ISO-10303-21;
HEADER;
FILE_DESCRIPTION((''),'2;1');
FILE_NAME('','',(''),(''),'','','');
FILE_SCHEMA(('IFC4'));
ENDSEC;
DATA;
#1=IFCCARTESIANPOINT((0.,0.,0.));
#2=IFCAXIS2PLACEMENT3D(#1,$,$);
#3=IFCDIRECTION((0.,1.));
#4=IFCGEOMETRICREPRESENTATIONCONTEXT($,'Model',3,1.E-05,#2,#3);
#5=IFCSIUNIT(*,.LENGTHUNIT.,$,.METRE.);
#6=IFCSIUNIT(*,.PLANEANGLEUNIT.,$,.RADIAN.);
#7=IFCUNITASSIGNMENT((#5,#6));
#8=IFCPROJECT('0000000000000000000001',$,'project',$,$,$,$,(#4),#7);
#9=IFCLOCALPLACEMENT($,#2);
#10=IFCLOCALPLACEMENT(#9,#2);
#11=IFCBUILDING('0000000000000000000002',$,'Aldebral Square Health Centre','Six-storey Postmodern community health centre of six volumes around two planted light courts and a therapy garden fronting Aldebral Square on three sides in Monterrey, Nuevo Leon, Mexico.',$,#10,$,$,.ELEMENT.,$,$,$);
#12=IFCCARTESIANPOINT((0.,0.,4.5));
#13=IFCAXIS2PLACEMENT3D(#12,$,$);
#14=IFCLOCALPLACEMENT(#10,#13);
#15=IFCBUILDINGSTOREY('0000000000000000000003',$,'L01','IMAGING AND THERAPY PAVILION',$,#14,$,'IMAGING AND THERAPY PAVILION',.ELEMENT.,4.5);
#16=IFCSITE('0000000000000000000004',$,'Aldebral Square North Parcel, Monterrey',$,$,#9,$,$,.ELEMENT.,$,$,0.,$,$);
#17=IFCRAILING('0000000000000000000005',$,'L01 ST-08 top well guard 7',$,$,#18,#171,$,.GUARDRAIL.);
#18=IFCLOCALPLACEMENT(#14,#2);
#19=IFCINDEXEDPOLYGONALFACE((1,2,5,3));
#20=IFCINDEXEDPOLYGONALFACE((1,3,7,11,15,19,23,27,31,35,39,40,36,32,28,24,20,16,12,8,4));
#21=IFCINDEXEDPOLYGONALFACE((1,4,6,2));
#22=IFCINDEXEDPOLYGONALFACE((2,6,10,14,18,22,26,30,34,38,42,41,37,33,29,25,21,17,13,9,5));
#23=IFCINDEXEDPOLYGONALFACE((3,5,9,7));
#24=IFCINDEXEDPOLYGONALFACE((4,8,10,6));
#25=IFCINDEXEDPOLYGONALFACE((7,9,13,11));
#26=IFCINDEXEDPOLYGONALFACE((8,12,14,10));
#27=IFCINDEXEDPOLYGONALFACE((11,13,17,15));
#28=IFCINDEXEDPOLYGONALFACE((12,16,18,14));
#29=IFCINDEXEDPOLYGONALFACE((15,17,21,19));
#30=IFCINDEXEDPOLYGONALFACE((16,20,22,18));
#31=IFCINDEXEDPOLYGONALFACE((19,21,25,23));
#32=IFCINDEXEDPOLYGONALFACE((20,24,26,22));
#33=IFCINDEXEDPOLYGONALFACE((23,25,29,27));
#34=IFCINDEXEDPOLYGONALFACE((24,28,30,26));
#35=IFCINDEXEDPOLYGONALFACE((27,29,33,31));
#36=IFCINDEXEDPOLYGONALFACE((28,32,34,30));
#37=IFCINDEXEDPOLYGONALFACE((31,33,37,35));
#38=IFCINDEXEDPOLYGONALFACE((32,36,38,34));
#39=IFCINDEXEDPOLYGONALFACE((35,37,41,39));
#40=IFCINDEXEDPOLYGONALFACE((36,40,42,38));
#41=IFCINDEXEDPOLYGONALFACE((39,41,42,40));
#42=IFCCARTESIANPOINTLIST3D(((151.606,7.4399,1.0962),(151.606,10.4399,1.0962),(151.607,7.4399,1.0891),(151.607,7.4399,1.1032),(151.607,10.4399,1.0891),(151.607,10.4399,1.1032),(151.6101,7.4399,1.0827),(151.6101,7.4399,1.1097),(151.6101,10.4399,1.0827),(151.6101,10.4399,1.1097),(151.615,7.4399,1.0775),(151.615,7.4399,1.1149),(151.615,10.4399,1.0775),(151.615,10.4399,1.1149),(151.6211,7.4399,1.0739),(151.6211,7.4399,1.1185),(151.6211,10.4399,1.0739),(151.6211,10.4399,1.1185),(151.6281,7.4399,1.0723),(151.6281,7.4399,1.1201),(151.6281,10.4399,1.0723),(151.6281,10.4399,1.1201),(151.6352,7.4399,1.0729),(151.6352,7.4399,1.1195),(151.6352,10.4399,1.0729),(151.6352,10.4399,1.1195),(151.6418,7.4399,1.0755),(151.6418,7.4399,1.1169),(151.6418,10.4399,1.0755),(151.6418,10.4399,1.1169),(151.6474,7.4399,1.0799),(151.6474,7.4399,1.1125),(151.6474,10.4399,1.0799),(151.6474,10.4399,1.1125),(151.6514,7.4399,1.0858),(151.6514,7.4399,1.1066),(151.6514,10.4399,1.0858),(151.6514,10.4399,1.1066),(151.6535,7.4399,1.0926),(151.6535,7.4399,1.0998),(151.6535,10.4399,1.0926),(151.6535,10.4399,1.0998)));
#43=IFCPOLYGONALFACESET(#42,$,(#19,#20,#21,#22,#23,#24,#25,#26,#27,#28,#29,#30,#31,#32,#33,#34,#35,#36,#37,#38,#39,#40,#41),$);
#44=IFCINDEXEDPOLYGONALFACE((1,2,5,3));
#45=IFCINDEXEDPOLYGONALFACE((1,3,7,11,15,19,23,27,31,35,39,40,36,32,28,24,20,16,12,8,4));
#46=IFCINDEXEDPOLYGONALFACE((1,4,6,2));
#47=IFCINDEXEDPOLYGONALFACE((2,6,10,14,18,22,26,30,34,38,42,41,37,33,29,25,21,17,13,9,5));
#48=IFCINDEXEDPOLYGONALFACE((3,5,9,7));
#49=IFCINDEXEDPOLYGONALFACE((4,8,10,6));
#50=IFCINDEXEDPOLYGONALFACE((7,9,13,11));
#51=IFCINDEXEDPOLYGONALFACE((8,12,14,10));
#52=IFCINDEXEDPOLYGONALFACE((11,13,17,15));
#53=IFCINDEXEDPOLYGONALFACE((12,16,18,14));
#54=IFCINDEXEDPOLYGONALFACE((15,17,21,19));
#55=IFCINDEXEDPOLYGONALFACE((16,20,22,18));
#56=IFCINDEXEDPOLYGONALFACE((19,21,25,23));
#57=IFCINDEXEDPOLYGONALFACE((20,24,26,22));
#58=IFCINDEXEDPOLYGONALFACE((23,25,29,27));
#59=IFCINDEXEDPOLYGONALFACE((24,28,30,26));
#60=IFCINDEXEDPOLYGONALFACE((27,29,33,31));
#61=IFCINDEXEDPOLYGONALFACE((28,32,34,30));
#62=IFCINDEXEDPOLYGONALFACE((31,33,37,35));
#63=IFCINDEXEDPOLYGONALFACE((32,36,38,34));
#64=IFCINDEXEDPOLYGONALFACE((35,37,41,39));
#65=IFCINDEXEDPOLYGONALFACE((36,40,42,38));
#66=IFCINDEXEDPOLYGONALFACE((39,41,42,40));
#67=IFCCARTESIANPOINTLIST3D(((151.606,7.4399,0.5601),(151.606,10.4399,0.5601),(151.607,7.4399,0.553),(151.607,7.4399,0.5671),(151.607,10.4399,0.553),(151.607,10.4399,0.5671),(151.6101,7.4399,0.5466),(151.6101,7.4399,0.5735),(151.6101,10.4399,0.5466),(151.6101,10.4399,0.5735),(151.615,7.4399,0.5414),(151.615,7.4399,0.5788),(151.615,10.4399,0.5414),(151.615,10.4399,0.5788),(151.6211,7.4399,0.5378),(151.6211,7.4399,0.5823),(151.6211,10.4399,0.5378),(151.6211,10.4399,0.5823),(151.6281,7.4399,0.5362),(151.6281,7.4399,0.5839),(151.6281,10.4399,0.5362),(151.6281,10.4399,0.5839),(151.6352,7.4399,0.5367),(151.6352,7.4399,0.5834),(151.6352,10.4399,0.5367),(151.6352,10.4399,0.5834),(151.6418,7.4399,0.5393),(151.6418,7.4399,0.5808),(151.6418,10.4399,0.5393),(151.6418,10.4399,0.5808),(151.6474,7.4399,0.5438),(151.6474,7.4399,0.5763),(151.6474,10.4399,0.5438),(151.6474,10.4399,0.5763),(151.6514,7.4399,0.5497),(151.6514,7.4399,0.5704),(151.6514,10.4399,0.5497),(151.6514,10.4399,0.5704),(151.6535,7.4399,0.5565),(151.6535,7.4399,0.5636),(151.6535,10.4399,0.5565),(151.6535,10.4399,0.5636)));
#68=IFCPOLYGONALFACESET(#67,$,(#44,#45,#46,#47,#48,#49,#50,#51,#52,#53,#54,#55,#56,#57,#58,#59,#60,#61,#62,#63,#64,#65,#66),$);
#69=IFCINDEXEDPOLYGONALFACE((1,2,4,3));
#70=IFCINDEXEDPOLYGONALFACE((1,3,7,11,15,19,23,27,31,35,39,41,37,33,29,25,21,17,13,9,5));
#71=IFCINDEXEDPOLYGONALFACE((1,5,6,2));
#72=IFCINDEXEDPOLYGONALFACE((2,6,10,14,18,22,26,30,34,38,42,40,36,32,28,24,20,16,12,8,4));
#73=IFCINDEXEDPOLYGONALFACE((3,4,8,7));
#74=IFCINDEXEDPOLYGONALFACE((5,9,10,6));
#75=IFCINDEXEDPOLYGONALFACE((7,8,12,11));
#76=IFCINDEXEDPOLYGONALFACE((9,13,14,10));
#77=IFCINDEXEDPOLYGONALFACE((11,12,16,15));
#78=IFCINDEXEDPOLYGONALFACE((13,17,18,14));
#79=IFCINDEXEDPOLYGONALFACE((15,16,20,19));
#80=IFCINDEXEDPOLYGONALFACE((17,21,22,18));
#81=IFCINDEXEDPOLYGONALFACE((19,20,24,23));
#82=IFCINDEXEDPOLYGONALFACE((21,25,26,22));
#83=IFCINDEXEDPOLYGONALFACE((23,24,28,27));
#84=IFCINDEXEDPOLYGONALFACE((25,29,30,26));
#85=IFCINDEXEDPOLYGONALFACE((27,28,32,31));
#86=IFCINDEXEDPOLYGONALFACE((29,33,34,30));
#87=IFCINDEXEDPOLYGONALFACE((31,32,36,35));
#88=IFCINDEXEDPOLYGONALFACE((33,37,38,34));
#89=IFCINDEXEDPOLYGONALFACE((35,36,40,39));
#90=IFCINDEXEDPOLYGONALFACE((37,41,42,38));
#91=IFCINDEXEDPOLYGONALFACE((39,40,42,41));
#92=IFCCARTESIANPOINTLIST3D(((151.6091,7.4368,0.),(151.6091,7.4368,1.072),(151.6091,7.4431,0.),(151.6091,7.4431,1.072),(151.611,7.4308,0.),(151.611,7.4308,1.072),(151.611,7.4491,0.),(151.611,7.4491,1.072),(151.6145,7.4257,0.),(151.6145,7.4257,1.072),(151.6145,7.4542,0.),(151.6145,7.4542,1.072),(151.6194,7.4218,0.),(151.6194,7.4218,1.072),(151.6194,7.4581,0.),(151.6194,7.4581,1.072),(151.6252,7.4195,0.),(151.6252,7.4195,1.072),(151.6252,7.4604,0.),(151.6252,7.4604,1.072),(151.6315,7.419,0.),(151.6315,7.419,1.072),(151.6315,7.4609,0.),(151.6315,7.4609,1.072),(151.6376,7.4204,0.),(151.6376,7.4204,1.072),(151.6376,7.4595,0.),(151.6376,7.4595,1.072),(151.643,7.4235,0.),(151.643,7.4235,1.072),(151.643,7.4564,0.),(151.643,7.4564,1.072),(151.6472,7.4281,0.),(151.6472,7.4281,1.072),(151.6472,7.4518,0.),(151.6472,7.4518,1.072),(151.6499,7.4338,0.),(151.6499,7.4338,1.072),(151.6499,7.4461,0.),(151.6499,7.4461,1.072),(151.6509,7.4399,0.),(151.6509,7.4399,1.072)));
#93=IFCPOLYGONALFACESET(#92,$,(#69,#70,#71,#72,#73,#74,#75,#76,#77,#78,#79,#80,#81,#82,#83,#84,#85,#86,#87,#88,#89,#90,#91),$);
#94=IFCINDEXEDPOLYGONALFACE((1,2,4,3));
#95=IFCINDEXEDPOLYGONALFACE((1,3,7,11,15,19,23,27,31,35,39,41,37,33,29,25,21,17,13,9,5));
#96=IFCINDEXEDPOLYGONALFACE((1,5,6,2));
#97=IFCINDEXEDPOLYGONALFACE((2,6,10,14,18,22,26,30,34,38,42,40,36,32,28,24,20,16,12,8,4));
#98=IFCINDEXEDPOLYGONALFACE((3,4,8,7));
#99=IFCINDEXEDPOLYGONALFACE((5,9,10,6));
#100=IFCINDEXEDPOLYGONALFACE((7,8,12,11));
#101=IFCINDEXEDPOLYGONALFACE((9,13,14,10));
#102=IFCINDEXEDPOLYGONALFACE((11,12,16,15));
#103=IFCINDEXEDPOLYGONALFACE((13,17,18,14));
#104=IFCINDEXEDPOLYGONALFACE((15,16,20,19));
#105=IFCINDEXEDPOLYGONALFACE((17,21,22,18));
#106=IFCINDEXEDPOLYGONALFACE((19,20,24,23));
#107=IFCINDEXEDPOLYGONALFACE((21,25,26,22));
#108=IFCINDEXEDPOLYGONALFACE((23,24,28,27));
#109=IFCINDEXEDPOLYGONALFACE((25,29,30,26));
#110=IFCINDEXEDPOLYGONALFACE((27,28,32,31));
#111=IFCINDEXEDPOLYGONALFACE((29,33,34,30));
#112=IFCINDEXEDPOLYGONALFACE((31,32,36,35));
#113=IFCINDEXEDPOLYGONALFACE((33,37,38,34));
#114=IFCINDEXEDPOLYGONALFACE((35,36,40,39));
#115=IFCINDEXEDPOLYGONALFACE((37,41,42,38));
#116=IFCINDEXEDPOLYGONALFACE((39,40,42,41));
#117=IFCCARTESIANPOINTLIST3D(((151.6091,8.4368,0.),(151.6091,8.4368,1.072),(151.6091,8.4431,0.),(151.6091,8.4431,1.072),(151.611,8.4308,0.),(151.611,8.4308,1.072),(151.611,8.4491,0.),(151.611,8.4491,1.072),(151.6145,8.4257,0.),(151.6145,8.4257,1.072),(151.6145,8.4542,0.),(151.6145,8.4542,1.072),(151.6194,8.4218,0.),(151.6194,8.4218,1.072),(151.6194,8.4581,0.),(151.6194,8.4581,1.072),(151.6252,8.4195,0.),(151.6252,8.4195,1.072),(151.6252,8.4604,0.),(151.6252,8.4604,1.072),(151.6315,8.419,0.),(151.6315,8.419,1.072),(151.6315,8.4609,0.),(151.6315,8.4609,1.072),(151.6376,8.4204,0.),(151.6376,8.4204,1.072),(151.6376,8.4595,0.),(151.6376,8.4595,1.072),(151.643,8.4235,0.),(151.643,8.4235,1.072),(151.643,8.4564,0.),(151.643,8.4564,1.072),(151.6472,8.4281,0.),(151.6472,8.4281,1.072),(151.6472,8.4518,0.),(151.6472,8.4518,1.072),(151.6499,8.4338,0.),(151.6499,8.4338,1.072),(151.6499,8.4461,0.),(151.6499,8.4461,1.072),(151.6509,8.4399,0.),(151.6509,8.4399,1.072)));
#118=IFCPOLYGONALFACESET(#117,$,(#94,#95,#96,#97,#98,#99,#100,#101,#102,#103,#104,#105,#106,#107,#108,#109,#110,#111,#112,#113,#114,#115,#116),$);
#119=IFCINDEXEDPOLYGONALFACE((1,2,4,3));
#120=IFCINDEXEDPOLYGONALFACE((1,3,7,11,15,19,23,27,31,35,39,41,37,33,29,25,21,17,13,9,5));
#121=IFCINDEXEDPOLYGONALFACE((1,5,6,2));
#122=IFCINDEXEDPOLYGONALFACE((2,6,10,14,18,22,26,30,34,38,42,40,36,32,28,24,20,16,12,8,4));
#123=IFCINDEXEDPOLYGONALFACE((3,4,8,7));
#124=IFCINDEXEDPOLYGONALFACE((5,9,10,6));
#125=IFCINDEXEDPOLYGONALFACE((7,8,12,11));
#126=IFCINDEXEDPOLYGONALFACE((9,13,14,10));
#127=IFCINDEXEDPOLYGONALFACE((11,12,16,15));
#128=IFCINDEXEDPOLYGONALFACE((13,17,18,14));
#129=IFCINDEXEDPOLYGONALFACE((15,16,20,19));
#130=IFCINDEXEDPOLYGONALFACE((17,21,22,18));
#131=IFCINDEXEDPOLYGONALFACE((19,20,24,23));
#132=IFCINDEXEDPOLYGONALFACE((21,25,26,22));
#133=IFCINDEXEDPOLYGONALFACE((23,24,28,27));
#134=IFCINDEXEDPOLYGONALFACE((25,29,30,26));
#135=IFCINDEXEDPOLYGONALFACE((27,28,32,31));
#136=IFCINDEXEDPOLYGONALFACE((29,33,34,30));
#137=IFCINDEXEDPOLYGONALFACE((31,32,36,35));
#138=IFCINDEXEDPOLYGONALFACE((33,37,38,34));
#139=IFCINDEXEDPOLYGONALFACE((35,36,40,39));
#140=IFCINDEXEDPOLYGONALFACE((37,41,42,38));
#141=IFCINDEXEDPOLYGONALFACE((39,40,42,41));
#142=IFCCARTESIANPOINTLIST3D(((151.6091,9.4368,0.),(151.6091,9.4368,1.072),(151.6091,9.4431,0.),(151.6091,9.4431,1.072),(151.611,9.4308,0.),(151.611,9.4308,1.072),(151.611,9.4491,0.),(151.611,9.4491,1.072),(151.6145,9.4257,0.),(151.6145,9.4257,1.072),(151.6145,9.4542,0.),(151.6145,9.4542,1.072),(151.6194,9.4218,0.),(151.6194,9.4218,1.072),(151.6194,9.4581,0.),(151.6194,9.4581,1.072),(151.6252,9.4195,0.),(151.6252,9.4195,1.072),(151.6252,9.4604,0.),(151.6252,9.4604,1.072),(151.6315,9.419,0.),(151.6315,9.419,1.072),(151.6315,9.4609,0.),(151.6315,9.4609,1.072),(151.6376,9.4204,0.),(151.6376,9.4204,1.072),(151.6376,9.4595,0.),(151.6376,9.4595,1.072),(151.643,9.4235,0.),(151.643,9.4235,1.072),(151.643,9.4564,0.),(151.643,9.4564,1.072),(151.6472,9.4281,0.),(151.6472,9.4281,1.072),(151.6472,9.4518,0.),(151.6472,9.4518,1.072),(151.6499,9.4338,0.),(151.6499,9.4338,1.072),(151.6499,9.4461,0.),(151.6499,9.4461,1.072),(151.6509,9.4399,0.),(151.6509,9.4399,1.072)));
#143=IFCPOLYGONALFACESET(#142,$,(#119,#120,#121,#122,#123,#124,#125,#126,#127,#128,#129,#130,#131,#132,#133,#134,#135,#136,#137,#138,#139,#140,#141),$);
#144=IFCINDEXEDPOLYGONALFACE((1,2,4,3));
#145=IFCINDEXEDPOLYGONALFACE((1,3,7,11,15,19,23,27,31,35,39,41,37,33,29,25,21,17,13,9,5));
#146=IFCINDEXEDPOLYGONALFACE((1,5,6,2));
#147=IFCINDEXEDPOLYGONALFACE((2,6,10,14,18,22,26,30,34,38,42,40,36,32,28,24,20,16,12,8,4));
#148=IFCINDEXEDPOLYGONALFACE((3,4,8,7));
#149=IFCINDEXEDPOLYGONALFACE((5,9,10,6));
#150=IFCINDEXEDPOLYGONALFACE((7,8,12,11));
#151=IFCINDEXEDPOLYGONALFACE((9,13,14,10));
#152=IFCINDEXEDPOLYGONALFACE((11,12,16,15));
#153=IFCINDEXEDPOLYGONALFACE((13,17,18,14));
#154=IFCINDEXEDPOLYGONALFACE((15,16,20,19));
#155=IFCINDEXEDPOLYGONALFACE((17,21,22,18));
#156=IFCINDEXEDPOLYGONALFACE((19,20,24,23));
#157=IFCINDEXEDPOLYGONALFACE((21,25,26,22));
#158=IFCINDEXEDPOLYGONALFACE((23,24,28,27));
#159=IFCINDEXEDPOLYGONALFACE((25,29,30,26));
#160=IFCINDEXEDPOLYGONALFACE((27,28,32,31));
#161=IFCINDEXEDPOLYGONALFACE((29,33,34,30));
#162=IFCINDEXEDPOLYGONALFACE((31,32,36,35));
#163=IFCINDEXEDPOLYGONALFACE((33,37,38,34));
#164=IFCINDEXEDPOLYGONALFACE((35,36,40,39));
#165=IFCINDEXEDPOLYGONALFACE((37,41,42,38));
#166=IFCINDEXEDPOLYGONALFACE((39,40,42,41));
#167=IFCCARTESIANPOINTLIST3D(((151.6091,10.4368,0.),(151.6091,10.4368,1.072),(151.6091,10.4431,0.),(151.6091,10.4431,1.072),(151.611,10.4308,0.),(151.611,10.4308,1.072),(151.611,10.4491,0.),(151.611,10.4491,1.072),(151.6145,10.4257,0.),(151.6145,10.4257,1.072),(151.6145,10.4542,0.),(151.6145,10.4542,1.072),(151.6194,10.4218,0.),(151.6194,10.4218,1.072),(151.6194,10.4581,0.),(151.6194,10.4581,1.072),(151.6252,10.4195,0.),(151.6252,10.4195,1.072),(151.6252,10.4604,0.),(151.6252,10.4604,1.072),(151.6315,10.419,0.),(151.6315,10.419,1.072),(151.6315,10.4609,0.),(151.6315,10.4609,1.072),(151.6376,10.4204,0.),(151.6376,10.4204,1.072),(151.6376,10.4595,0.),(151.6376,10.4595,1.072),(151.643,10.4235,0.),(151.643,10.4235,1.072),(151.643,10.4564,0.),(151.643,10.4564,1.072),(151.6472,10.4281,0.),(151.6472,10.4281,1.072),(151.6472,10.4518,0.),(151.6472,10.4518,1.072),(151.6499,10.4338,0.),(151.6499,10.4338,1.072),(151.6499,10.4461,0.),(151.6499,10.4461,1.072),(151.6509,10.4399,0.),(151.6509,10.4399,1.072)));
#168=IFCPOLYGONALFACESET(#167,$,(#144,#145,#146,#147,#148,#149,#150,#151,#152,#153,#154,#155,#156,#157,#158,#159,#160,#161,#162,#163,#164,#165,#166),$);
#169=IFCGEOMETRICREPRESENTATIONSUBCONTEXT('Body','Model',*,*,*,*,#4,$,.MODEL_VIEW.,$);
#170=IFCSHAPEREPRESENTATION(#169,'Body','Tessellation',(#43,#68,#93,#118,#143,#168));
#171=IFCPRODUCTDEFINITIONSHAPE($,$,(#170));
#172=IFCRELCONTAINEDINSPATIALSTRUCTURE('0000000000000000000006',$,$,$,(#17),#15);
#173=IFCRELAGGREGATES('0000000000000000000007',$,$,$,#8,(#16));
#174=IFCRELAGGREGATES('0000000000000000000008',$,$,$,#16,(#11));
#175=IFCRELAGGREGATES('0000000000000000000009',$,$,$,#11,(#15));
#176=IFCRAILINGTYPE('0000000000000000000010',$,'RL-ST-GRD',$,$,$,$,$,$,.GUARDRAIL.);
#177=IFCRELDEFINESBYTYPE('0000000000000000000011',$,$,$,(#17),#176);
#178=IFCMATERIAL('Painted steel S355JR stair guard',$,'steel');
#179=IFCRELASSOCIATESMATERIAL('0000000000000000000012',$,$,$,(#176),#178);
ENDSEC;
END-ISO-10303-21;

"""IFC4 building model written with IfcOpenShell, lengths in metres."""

from ifc_helpers import new_model, si_unit, direction, frame, origin, origin_2d, place, context, subcontext, project, spatial, circle, extrude, material, type_object, element, save


model = new_model("IFC4")

# Units and contexts
model_context = context("Model", 3, precision=1e-05, world=origin(), true_north=direction((0.0, 1.0)))
body_context = subcontext(model_context, "Body", "Model", "MODEL_VIEW")
ifc_project = project(units=[si_unit("LENGTHUNIT", "METRE"), si_unit("PLANEANGLEUNIT", "RADIAN")], contexts=[model_context])

# Site, building, storey
site_placement = place(None, origin())
site = spatial("IfcSite", under=ifc_project, at=site_placement, Name="Aldebral Square North Parcel, Monterrey", CompositionType="ELEMENT", RefElevation=0.0)
building_placement = place(site_placement, origin())
building = spatial("IfcBuilding", under=site, at=building_placement, Name="Aldebral Square Health Centre", Description="Six-storey Postmodern community health centre of six volumes around two planted light courts and a therapy garden fronting Aldebral Square on three sides in Monterrey, Nuevo Leon, Mexico.", CompositionType="ELEMENT")
storey_placement = place(building_placement, frame((0.0, 0.0, 4.5)))
storey = spatial("IfcBuildingStorey", under=building, at=storey_placement, Name="L01", Description="IMAGING AND THERAPY PAVILION", LongName="IMAGING AND THERAPY PAVILION", CompositionType="ELEMENT", Elevation=4.5)

# Railing
ifc_material_1 = material(Name="Painted steel S355JR stair guard", Category="steel")
railing_type = type_object("IfcRailingType", Name="RL-ST-GRD", PredefinedType="GUARDRAIL", material=ifc_material_1)
railing_1_placement = place(storey_placement, frame((151.6299, 7.4399, 0.0)))
element("IfcRailing", 1, at=railing_1_placement, inside=storey, type_object=railing_type, Name="L01 ST-08 top well guard 7", PredefinedType="GUARDRAIL", context=body_context, shape_type="SweptSolid", body=[
    extrude(circle(Radius=0.0239, at=origin_2d()), frame((0.0, 0.0, 1.0962), z_axis=(0.0, 1.0, 0.0), x_axis=(-1.0, 0.0, 0.0)), (0.0, 0.0, 1.0), 3.0),
    extrude(circle(Radius=0.0239, at=origin_2d()), frame((0.0, 0.0, 0.5601), z_axis=(0.0, 1.0, 0.0), x_axis=(-1.0, 0.0, 0.0)), (0.0, 0.0, 1.0), 3.0),
    extrude(circle(Radius=0.021, at=origin_2d()), origin(), (0.0, 0.0, 1.0), 1.072),
    extrude(circle(Radius=0.021, at=origin_2d()), frame((0.0, 1.0, 0.0)), (0.0, 0.0, 1.0), 1.072),
    extrude(circle(Radius=0.021, at=origin_2d()), frame((0.0, 2.0, 0.0)), (0.0, 0.0, 1.0), 1.072),
    extrude(circle(Radius=0.021, at=origin_2d()), frame((0.0, 3.0, 0.0)), (0.0, 0.0, 1.0), 1.072),
])

save(model, "model.ifc")
